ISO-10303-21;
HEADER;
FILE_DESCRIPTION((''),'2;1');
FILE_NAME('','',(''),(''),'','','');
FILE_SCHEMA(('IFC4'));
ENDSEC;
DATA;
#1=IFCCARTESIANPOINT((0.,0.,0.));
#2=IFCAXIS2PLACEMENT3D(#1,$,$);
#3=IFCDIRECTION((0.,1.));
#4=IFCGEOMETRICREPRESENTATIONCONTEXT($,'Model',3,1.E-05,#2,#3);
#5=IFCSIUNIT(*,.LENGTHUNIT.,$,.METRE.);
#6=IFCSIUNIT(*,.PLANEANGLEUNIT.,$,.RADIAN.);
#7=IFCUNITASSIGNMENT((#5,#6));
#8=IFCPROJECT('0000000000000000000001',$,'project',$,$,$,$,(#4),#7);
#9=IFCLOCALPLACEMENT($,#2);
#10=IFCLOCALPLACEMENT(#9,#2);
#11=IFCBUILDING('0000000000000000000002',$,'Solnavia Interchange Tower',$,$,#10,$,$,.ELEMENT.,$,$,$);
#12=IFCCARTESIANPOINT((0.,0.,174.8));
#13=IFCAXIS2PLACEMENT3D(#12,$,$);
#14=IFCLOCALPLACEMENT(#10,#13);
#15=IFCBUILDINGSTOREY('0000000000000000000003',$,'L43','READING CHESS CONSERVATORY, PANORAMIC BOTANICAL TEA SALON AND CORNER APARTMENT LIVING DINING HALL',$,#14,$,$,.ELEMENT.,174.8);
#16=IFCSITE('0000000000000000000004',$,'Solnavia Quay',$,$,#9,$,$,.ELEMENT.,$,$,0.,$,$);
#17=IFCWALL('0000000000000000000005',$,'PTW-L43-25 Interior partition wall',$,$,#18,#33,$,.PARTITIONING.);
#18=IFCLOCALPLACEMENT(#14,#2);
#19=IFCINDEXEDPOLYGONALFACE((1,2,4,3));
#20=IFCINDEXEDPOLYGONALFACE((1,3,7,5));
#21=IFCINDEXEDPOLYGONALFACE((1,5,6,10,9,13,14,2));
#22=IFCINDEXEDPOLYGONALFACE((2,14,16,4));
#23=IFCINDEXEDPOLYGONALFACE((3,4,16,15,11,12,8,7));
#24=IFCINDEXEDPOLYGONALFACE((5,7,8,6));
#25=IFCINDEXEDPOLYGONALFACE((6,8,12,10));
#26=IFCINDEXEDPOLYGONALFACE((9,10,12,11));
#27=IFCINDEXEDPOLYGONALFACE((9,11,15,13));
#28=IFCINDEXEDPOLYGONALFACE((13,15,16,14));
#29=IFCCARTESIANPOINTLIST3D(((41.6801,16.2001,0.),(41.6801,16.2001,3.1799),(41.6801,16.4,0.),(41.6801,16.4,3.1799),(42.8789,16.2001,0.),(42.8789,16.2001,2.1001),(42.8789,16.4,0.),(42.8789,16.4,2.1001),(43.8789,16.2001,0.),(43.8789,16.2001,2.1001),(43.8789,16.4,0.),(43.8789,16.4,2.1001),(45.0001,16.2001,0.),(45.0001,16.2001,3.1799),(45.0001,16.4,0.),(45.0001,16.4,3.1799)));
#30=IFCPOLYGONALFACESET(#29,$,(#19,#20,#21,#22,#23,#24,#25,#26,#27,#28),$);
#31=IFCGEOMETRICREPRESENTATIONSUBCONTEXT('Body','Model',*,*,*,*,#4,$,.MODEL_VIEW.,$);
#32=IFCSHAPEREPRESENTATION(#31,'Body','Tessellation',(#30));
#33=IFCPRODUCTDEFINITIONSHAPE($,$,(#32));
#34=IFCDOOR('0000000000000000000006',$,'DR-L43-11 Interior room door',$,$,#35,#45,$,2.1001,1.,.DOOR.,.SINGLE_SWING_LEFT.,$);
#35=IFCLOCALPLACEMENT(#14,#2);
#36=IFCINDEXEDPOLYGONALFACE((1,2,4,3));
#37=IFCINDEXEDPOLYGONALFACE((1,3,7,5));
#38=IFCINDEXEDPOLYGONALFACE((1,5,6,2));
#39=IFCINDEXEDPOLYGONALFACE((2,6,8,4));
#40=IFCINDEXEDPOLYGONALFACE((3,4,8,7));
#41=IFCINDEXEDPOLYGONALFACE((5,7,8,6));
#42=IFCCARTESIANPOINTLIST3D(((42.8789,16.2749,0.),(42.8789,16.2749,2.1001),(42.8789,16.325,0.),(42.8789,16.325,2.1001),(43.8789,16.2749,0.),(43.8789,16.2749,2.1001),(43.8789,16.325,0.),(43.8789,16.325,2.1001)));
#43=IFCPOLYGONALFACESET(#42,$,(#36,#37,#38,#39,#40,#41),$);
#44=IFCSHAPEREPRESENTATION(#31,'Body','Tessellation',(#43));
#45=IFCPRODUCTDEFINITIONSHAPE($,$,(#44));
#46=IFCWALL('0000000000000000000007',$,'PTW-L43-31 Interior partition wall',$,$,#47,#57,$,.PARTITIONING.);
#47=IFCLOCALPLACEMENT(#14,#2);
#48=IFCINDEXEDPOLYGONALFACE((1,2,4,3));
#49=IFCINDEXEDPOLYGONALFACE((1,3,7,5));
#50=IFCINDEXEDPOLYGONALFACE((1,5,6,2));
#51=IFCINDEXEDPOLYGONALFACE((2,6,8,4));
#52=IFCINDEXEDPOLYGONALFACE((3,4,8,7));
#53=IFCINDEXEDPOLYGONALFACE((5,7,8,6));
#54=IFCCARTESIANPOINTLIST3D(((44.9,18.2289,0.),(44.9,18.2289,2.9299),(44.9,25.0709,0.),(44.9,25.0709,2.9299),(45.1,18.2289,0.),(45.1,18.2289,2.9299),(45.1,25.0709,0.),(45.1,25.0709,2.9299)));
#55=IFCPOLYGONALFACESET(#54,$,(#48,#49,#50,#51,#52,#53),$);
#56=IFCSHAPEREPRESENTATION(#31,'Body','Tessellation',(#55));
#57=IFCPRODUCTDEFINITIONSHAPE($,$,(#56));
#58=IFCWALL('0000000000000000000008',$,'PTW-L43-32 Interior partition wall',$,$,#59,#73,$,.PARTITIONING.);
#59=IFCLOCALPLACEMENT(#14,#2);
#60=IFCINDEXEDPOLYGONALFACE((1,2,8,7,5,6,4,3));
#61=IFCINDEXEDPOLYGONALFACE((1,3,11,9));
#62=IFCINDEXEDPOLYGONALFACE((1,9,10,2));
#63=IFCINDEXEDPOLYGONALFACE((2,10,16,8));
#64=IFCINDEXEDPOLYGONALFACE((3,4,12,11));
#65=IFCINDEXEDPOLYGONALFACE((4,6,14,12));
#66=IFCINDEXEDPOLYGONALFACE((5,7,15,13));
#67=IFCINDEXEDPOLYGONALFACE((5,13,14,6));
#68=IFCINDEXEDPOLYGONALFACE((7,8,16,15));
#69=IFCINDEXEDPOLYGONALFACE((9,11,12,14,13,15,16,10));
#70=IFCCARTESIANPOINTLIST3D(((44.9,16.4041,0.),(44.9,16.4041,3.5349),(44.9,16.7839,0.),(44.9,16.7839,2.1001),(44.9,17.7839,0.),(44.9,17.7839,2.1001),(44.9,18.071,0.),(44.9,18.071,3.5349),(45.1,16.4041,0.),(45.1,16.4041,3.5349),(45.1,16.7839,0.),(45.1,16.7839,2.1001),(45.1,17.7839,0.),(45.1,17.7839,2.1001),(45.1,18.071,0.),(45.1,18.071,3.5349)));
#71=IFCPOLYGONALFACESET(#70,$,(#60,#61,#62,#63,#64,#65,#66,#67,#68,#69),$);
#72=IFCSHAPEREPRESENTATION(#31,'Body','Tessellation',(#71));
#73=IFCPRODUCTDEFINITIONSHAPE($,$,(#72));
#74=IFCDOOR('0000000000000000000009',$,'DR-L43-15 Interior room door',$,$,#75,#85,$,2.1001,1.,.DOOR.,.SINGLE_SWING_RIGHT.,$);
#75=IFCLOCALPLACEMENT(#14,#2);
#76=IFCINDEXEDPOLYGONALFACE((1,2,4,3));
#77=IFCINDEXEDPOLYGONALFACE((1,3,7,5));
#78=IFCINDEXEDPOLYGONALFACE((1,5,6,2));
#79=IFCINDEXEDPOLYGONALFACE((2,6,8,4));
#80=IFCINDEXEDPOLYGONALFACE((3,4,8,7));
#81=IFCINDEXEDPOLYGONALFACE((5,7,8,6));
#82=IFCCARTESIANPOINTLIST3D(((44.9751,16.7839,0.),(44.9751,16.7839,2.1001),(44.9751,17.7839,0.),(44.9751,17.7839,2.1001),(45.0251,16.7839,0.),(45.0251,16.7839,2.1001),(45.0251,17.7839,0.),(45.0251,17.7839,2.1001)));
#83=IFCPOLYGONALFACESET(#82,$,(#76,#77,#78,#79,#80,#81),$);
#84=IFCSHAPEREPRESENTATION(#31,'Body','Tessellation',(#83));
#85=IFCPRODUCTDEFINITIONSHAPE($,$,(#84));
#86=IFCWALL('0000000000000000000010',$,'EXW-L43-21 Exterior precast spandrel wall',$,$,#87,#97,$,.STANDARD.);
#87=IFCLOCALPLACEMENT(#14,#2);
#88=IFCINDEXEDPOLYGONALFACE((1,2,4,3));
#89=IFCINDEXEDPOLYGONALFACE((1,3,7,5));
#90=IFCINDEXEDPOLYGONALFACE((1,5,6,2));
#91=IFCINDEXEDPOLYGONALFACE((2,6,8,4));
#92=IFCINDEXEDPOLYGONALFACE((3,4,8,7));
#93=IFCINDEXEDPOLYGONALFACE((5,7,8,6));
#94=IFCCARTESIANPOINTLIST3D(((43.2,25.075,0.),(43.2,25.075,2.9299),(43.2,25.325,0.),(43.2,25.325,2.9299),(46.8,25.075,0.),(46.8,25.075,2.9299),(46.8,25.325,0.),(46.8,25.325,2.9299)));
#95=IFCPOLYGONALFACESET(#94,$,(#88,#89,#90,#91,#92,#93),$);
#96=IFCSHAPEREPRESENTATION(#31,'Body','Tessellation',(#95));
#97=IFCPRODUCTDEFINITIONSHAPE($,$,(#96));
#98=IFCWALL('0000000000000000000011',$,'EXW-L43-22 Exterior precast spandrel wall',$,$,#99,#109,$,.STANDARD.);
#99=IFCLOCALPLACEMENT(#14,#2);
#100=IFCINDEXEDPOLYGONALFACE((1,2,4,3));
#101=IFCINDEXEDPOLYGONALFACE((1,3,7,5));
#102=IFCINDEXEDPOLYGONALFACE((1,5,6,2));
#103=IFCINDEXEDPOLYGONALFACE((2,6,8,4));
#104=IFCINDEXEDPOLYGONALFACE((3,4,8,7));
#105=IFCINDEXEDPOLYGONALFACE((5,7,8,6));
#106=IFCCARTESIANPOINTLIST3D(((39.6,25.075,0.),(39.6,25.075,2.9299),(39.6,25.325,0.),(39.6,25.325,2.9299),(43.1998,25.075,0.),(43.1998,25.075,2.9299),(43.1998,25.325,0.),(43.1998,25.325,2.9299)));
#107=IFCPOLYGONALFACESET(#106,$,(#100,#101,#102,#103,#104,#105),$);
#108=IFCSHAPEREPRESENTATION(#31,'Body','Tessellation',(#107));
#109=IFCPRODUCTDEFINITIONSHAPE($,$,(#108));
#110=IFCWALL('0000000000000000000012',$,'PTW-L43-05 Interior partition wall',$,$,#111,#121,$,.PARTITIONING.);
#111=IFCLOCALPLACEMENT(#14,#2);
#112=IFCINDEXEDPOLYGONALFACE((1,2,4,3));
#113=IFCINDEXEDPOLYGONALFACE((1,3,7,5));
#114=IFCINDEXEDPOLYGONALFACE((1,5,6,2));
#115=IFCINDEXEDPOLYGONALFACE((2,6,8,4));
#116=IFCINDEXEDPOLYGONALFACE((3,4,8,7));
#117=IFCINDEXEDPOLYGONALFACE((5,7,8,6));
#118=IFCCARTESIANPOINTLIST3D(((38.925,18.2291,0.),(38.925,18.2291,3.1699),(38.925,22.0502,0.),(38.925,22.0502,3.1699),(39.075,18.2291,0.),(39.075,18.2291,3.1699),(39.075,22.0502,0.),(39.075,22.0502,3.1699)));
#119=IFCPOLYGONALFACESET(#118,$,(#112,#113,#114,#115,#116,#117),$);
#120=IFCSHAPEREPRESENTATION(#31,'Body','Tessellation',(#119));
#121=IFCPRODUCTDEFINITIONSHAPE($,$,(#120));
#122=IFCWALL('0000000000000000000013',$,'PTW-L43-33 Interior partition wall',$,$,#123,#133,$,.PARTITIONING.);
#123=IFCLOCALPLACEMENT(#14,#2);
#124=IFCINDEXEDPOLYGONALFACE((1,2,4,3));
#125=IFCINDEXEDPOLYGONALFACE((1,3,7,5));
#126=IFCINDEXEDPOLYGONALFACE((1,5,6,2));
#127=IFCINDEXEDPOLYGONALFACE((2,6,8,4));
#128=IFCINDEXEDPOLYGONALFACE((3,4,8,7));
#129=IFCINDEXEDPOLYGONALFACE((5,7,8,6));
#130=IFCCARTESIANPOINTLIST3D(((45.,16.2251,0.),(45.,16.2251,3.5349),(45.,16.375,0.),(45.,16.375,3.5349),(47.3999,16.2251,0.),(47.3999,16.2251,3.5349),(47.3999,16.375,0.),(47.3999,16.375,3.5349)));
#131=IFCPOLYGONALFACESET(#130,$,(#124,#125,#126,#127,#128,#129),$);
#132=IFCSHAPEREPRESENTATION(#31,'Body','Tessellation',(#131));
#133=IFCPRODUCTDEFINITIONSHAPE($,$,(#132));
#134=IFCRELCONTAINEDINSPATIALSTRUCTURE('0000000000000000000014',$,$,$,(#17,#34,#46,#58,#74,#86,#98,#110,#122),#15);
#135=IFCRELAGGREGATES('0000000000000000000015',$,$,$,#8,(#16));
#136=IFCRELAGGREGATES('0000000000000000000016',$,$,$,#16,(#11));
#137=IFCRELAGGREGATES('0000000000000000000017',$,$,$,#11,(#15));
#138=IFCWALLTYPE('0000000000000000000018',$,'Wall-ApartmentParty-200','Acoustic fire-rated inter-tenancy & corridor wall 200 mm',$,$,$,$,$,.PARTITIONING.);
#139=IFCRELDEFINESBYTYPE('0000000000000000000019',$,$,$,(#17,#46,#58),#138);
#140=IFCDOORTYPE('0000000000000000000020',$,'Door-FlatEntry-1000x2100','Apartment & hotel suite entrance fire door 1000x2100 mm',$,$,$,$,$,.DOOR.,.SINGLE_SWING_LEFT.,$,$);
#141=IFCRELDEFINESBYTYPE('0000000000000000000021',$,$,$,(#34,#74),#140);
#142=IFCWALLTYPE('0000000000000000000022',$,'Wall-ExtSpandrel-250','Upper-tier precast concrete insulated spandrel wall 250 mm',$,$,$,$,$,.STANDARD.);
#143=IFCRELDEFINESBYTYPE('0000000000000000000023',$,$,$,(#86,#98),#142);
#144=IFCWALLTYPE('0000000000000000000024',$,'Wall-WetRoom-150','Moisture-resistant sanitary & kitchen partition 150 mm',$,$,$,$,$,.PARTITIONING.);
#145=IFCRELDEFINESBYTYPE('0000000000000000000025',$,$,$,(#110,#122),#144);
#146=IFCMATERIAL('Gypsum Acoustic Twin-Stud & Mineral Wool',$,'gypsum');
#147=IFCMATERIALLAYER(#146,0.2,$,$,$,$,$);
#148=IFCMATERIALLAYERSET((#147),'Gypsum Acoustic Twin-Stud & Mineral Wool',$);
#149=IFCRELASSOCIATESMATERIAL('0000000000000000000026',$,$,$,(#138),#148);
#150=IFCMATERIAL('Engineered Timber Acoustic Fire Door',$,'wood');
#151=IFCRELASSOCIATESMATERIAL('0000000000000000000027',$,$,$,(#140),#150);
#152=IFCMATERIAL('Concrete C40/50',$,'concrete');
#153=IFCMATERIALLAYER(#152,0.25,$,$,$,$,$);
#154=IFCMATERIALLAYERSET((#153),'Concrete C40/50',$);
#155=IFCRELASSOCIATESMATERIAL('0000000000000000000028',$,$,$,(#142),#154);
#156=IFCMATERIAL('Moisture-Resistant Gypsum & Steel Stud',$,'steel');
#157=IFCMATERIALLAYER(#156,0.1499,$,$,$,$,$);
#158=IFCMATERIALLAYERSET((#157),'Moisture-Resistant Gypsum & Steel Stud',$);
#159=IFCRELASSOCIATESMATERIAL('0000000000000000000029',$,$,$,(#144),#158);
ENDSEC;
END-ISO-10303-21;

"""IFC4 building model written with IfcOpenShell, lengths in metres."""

from ifc_helpers import new_model, si_unit, direction, frame, frame_2d, origin, place, context, subcontext, project, spatial, rectangle, extrude, material, layer, layer_set, type_object, element, fill, save


model = new_model("IFC4")

# Units and contexts
model_context = context("Model", 3, precision=1e-05, world=origin(), true_north=direction((0.0, 1.0)))
body_context = subcontext(model_context, "Body", "Model", "MODEL_VIEW")
ifc_project = project(units=[si_unit("LENGTHUNIT", "METRE"), si_unit("PLANEANGLEUNIT", "RADIAN")], contexts=[model_context])

# Site, building, storey
site_placement = place(None, origin())
site = spatial("IfcSite", under=ifc_project, at=site_placement, Name="Solnavia Quay", CompositionType="ELEMENT", RefElevation=0.0)
building_placement = place(site_placement, origin())
building = spatial("IfcBuilding", under=site, at=building_placement, Name="Solnavia Interchange Tower", CompositionType="ELEMENT")
storey_placement = place(building_placement, frame((0.0, 0.0, 174.8)))
storey = spatial("IfcBuildingStorey", under=building, at=storey_placement, Name="L43", Description="READING CHESS CONSERVATORY, PANORAMIC BOTANICAL TEA SALON AND CORNER APARTMENT LIVING DINING HALL", CompositionType="ELEMENT", Elevation=174.8)

# Shared definitions
ifc_material_1 = material(Name="Gypsum Acoustic Twin-Stud & Mineral Wool", Category="gypsum")
ifc_layer_1 = layer(ifc_material_1, 0.2)
ifc_layer_set_1 = layer_set([ifc_layer_1], Name="Gypsum Acoustic Twin-Stud & Mineral Wool")
wall_type_1 = type_object("IfcWallType", Name="Wall-ApartmentParty-200", Description="Acoustic fire-rated inter-tenancy & corridor wall 200 mm", PredefinedType="PARTITIONING", material=ifc_layer_set_1)

# Wall, opening, door
wall_1_placement = place(storey_placement, frame((41.6799, 16.3, 0.0), z_axis=(0.0, 0.0, 1.0), x_axis=(1.0, 0.0, 0.0)))
wall_1 = element("IfcWall", 1, at=wall_1_placement, inside=storey, type_object=wall_type_1, Name="PTW-L43-25 Interior partition wall", PredefinedType="PARTITIONING", context=body_context, shape_type="SweptSolid", body=[
    extrude(rectangle(XDim=3.3201, YDim=0.2, at=frame_2d((1.6602, 0.0))), origin(), (0.0, 0.0, 1.0), 3.1799),
])
opening_1_placement = place(wall_1_placement, frame((1.199, 0.0, 0.0)))
opening_1 = element("IfcOpeningElement", 2, at=opening_1_placement, cuts=wall_1, PredefinedType="OPENING", context=body_context, shape_type="SweptSolid", body=[
    extrude(rectangle(XDim=1.0, YDim=2.1001, at=frame_2d((0.5, 1.05))), frame((0.0, 0.1099, 0.0), z_axis=(0.0, -1.0, 0.0), x_axis=(1.0, 0.0, 0.0)), (0.0, 0.0, 1.0), 0.22),
])
ifc_material_2 = material(Name="Engineered Timber Acoustic Fire Door", Category="wood")
door_type = type_object("IfcDoorType", Name="Door-FlatEntry-1000x2100", Description="Apartment & hotel suite entrance fire door 1000x2100 mm", OperationType="SINGLE_SWING_LEFT", PredefinedType="DOOR", material=ifc_material_2)
door_1_placement = place(opening_1_placement, origin())
door_1 = element("IfcDoor", 3, at=door_1_placement, inside=storey, type_object=door_type, Name="DR-L43-11 Interior room door", OperationType="SINGLE_SWING_LEFT", OverallHeight=2.1001, OverallWidth=1.0, PredefinedType="DOOR", context=body_context, shape_type="SweptSolid", body=[
    extrude(rectangle(XDim=1.0, YDim=2.1001, at=frame_2d((0.5, 1.05))), frame((0.0, 0.0249, 0.0), z_axis=(0.0, -1.0, 0.0), x_axis=(1.0, 0.0, 0.0)), (0.0, 0.0, 1.0), 0.05),
])
fill(opening_1, door_1)

# Wall
wall_2_placement = place(storey_placement, frame((45.0, 18.229, 0.0), z_axis=(0.0, 0.0, 1.0), x_axis=(0.0, 1.0, 0.0)))
element("IfcWall", 4, at=wall_2_placement, inside=storey, type_object=wall_type_1, Name="PTW-L43-31 Interior partition wall", PredefinedType="PARTITIONING", context=body_context, shape_type="SweptSolid", body=[
    extrude(rectangle(XDim=6.842, YDim=0.2, at=frame_2d((3.4209, 0.0))), origin(), (0.0, 0.0, 1.0), 2.9299),
])

# Wall, opening, door
wall_3_placement = place(storey_placement, frame((45.0, 16.4041, 0.0), z_axis=(0.0, 0.0, 1.0), x_axis=(0.0, 1.0, 0.0)))
wall_3 = element("IfcWall", 5, at=wall_3_placement, inside=storey, type_object=wall_type_1, Name="PTW-L43-32 Interior partition wall", PredefinedType="PARTITIONING", context=body_context, shape_type="SweptSolid", body=[
    extrude(rectangle(XDim=1.667, YDim=0.2, at=frame_2d((0.8335, 0.0))), origin(), (0.0, 0.0, 1.0), 3.5349),
])
opening_2_placement = place(wall_3_placement, frame((0.3799, 0.0, 0.0)))
opening_2 = element("IfcOpeningElement", 6, at=opening_2_placement, cuts=wall_3, PredefinedType="OPENING", context=body_context, shape_type="SweptSolid", body=[
    extrude(rectangle(XDim=1.0, YDim=2.1001, at=frame_2d((0.5, 1.05))), frame((0.0, 0.1099, 0.0), z_axis=(0.0, -1.0, 0.0), x_axis=(1.0, 0.0, 0.0)), (0.0, 0.0, 1.0), 0.22),
])
door_2_placement = place(opening_2_placement, origin())
door_2 = element("IfcDoor", 7, at=door_2_placement, inside=storey, type_object=door_type, Name="DR-L43-15 Interior room door", OperationType="SINGLE_SWING_RIGHT", OverallHeight=2.1001, OverallWidth=1.0, PredefinedType="DOOR", context=body_context, shape_type="SweptSolid", body=[
    extrude(rectangle(XDim=1.0, YDim=2.1001, at=frame_2d((0.5, 1.05))), frame((0.0, 0.0249, 0.0), z_axis=(0.0, -1.0, 0.0), x_axis=(1.0, 0.0, 0.0)), (0.0, 0.0, 1.0), 0.05),
])
fill(opening_2, door_2)

# Walls
ifc_material_3 = material(Name="Concrete C40/50", Category="concrete")
ifc_layer_2 = layer(ifc_material_3, 0.25)
ifc_layer_set_2 = layer_set([ifc_layer_2], Name="Concrete C40/50")
wall_type_2 = type_object("IfcWallType", Name="Wall-ExtSpandrel-250", Description="Upper-tier precast concrete insulated spandrel wall 250 mm", PredefinedType="STANDARD", material=ifc_layer_set_2)
wall_4_placement = place(storey_placement, frame((43.2, 25.2, 0.0), z_axis=(0.0, 0.0, 1.0), x_axis=(1.0, 0.0, 0.0)))
element("IfcWall", 8, at=wall_4_placement, inside=storey, type_object=wall_type_2, Name="EXW-L43-21 Exterior precast spandrel wall", PredefinedType="STANDARD", context=body_context, shape_type="SweptSolid", body=[
    extrude(rectangle(XDim=3.6001, YDim=0.25, at=frame_2d((1.8, 0.0))), origin(), (0.0, 0.0, 1.0), 2.9299),
])
wall_5_placement = place(storey_placement, frame((39.6001, 25.2, 0.0), z_axis=(0.0, 0.0, 1.0), x_axis=(1.0, 0.0, 0.0)))
element("IfcWall", 9, at=wall_5_placement, inside=storey, type_object=wall_type_2, Name="EXW-L43-22 Exterior precast spandrel wall", PredefinedType="STANDARD", context=body_context, shape_type="SweptSolid", body=[
    extrude(rectangle(XDim=3.5999, YDim=0.25, at=frame_2d((1.7998, 0.0))), origin(), (0.0, 0.0, 1.0), 2.9299),
])
ifc_material_4 = material(Name="Moisture-Resistant Gypsum & Steel Stud", Category="steel")
ifc_layer_3 = layer(ifc_material_4, 0.1499)
ifc_layer_set_3 = layer_set([ifc_layer_3], Name="Moisture-Resistant Gypsum & Steel Stud")
wall_type_3 = type_object("IfcWallType", Name="Wall-WetRoom-150", Description="Moisture-resistant sanitary & kitchen partition 150 mm", PredefinedType="PARTITIONING", material=ifc_layer_set_3)
wall_6_placement = place(storey_placement, frame((39.0, 18.229, 0.0), z_axis=(0.0, 0.0, 1.0), x_axis=(0.0, 1.0, 0.0)))
element("IfcWall", 10, at=wall_6_placement, inside=storey, type_object=wall_type_3, Name="PTW-L43-05 Interior partition wall", PredefinedType="PARTITIONING", context=body_context, shape_type="SweptSolid", body=[
    extrude(rectangle(XDim=3.821, YDim=0.1499, at=frame_2d((1.9106, 0.0))), origin(), (0.0, 0.0, 1.0), 3.1699),
])
wall_7_placement = place(storey_placement, frame((45.0, 16.3, 0.0), z_axis=(0.0, 0.0, 1.0), x_axis=(1.0, 0.0, 0.0)))
element("IfcWall", 11, at=wall_7_placement, inside=storey, type_object=wall_type_3, Name="PTW-L43-33 Interior partition wall", PredefinedType="PARTITIONING", context=body_context, shape_type="SweptSolid", body=[
    extrude(rectangle(XDim=2.3999, YDim=0.1499, at=frame_2d((1.2, 0.0))), origin(), (0.0, 0.0, 1.0), 3.5349),
])

save(model, "model.ifc")
